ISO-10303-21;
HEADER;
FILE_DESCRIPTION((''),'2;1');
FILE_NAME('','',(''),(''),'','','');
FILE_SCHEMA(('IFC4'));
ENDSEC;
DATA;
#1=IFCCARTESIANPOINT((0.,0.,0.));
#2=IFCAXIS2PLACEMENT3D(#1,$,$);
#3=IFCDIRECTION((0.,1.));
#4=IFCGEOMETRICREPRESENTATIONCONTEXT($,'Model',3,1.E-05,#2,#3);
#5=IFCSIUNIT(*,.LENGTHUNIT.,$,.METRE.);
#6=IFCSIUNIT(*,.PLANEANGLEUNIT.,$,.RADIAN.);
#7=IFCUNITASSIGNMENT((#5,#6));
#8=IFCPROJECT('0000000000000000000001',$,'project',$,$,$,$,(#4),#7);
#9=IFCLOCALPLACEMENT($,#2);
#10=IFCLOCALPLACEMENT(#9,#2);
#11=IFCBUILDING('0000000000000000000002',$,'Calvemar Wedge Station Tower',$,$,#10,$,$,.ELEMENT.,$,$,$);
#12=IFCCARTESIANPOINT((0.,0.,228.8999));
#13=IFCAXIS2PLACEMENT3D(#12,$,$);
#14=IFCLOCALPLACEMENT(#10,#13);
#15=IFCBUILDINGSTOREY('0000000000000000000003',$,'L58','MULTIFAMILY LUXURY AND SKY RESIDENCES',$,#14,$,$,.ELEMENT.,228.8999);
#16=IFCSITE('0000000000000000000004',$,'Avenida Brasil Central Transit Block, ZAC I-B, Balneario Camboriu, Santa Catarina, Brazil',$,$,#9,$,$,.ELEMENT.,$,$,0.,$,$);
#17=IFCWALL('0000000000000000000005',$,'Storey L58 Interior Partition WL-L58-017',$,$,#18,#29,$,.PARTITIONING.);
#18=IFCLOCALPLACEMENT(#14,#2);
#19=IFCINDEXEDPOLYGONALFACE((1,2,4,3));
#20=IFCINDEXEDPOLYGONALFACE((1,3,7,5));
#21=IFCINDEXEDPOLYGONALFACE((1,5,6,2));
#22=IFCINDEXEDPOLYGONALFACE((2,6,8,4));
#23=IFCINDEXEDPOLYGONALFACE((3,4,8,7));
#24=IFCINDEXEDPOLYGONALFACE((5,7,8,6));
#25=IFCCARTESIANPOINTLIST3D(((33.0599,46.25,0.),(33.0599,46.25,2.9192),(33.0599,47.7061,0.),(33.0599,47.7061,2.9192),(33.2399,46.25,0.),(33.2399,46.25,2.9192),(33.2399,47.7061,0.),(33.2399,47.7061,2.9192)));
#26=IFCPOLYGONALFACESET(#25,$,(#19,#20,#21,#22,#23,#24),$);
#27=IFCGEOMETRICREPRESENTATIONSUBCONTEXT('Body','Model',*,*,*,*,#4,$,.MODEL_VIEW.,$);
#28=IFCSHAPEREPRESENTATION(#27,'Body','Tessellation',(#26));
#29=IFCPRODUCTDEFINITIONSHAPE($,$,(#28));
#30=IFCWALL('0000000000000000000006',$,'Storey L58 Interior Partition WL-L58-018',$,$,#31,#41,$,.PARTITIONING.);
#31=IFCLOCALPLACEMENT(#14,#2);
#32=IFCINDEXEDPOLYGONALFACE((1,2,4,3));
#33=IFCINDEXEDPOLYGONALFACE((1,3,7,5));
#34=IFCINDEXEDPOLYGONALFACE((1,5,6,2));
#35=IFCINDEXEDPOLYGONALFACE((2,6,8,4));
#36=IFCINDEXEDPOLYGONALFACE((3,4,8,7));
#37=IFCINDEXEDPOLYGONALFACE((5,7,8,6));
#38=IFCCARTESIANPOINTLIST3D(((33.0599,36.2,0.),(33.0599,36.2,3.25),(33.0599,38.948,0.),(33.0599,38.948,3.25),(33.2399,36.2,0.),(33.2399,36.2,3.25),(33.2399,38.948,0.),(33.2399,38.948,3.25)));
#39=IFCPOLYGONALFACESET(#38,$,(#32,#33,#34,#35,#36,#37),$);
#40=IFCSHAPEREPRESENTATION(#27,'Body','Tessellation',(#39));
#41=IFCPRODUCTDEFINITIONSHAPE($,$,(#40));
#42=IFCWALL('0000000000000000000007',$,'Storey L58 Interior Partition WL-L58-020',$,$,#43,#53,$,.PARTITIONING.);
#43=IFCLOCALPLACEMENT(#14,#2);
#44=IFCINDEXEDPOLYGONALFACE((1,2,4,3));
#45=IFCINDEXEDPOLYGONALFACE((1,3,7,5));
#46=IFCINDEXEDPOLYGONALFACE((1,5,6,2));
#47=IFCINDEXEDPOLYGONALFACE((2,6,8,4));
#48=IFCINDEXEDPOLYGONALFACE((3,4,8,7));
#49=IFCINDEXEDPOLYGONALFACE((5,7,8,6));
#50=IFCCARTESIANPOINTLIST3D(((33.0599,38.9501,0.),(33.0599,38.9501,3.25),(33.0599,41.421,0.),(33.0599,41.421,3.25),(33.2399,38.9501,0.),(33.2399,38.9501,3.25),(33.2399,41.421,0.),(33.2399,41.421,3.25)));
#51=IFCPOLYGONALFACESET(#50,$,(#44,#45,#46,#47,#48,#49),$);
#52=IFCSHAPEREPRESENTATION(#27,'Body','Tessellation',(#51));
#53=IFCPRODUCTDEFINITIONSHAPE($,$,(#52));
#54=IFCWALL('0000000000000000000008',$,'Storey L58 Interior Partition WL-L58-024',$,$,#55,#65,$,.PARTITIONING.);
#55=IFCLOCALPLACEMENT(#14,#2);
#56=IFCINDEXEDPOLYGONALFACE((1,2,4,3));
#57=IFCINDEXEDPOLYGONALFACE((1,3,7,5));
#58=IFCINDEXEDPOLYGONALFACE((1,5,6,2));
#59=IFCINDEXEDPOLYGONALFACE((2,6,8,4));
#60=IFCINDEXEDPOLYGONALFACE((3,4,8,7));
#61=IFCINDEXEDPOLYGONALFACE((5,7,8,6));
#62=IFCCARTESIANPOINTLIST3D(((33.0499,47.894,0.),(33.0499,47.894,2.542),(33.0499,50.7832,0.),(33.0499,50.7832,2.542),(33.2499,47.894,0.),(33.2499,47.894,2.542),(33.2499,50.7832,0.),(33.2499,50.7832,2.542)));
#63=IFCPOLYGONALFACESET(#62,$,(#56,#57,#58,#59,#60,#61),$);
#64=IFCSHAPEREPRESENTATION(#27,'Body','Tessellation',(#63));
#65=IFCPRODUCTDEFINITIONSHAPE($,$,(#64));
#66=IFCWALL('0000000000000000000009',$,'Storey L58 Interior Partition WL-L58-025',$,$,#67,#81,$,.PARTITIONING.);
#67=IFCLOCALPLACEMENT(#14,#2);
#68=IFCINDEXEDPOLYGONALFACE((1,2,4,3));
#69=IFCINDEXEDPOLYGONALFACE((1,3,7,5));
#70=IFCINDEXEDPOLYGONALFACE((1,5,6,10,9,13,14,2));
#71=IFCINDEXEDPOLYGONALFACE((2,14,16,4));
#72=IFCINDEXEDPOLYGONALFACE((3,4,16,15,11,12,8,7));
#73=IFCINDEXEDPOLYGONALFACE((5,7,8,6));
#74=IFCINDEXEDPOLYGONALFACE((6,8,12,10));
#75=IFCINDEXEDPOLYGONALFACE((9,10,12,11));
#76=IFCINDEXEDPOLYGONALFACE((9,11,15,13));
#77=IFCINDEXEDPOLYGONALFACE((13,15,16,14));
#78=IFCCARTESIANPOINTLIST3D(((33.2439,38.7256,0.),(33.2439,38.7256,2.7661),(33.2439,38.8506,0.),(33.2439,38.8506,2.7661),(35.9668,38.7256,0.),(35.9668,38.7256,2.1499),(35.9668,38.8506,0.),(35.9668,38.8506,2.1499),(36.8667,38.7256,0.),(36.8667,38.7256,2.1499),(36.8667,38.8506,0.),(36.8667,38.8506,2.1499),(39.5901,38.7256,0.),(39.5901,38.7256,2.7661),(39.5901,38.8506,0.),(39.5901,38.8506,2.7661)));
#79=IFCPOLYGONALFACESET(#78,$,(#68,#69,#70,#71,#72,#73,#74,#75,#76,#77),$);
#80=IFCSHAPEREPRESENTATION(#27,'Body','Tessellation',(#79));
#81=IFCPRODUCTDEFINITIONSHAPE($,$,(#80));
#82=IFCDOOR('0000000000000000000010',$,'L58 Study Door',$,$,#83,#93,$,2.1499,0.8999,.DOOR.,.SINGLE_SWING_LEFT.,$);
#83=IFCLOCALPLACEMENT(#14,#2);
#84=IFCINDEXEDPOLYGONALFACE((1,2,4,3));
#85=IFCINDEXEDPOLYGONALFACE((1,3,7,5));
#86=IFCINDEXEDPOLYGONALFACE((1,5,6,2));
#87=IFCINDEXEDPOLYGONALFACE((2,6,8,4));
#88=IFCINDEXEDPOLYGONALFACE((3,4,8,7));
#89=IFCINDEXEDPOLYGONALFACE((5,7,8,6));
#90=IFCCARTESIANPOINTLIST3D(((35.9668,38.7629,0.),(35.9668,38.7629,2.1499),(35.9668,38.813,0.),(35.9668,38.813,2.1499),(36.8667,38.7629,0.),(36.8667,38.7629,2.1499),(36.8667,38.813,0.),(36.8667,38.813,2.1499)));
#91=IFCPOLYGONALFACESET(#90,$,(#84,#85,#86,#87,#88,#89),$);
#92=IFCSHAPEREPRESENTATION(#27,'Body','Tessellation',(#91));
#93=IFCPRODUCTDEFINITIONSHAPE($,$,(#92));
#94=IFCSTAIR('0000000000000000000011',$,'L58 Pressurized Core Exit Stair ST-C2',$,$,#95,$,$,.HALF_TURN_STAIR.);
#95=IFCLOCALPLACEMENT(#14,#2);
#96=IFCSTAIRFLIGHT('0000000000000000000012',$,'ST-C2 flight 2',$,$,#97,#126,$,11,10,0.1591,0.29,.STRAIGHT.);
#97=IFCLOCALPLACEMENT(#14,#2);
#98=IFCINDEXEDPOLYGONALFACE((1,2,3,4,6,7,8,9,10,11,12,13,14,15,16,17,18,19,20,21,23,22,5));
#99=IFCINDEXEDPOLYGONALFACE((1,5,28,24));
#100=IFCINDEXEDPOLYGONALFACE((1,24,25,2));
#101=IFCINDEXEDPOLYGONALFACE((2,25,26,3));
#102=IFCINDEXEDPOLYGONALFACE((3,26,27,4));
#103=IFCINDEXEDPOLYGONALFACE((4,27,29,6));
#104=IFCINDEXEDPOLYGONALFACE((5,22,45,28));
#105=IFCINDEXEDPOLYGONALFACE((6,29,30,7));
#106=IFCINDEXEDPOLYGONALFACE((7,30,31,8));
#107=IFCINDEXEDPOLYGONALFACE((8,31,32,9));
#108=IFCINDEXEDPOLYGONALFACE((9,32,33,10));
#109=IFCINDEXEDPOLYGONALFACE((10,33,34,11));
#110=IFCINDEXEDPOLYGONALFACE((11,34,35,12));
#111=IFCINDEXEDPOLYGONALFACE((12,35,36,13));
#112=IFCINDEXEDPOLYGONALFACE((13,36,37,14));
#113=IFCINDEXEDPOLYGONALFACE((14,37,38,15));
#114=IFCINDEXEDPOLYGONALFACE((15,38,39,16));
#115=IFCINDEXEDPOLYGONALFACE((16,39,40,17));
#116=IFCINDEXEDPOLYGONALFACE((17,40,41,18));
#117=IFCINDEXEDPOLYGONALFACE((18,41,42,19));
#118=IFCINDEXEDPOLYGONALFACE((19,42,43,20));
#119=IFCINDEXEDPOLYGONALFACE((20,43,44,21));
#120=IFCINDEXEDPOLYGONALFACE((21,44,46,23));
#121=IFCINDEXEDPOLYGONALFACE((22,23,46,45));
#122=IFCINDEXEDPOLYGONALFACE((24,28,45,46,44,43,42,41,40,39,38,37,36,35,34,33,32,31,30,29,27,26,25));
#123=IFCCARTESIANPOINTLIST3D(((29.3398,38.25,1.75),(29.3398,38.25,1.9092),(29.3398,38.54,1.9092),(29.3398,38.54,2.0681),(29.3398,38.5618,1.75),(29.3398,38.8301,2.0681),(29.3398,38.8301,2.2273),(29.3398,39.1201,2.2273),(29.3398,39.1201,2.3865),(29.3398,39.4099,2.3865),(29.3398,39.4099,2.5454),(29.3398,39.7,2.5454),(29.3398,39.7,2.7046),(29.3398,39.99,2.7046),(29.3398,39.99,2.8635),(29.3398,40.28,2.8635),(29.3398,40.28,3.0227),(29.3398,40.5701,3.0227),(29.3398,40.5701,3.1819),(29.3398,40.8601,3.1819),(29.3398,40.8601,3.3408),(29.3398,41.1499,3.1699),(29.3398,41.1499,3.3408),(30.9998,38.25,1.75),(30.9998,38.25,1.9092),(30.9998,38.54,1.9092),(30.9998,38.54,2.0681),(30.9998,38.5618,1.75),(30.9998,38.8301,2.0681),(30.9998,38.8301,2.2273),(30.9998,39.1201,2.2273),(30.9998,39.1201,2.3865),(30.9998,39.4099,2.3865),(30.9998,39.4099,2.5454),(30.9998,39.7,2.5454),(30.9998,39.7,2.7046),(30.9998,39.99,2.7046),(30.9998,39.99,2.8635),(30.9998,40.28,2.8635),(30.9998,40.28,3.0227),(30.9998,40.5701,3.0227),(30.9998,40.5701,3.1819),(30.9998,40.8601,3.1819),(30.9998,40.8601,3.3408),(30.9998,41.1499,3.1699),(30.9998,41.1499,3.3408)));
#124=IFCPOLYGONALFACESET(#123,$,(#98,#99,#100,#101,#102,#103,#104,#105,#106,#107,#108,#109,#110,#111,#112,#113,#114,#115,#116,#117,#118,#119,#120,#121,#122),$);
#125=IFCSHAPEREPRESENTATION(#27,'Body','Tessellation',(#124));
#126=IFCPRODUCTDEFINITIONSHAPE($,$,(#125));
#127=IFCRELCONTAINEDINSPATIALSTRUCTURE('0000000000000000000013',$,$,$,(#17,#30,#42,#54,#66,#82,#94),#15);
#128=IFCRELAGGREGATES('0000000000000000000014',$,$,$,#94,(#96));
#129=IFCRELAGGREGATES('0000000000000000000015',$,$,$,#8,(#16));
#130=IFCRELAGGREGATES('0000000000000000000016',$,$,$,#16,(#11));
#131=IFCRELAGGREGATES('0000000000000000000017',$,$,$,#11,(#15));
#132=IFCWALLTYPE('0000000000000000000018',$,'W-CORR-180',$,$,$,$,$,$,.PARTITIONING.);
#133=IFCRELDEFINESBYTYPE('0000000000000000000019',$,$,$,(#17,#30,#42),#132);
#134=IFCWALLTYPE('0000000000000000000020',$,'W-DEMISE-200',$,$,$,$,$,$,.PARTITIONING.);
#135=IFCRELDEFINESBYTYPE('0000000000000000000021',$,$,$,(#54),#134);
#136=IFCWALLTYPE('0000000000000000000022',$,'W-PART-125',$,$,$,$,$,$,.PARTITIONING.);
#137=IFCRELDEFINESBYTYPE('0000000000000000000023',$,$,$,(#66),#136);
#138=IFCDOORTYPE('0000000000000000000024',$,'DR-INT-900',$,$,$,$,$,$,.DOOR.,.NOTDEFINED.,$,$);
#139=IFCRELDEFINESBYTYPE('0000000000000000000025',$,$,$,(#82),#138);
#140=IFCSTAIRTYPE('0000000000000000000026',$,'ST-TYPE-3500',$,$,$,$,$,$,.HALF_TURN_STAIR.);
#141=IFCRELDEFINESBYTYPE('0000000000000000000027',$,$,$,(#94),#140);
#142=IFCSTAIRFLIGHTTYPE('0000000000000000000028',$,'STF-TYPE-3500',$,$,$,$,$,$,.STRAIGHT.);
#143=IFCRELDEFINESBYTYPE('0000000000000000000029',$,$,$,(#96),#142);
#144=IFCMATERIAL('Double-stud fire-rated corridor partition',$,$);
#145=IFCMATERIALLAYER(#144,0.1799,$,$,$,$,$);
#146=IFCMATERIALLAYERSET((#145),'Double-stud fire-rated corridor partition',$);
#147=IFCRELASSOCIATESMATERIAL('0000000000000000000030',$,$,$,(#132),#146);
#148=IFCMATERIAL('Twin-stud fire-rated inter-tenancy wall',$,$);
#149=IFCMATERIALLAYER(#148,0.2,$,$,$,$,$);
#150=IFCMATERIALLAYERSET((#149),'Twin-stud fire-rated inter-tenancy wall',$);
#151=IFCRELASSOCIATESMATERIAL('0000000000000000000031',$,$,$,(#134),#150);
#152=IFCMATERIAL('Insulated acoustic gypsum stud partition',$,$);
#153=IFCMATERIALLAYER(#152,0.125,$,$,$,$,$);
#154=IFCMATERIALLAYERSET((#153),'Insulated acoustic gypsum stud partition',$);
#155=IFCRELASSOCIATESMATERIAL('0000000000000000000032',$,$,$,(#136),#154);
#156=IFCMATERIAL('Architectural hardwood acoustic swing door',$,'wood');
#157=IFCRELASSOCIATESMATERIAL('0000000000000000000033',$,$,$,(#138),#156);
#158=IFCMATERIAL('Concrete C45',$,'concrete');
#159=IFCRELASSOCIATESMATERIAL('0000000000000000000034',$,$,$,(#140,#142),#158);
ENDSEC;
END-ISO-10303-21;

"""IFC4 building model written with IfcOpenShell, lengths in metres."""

from ifc_helpers import new_model, si_unit, direction, frame, frame_2d, origin, place, context, subcontext, project, spatial, polyline, rectangle, outline, extrude, source, transform, mapped, material, layer, layer_set, type_object, element, fill, aggregate, save


model = new_model("IFC4")

# Units and contexts
model_context = context("Model", 3, precision=1e-05, world=origin(), true_north=direction((0.0, 1.0)))
body_context = subcontext(model_context, "Body", "Model", "MODEL_VIEW")
ifc_project = project(units=[si_unit("LENGTHUNIT", "METRE"), si_unit("PLANEANGLEUNIT", "RADIAN")], contexts=[model_context])

# Site, building, storey
site_placement = place(None, origin())
site = spatial("IfcSite", under=ifc_project, at=site_placement, Name="Avenida Brasil Central Transit Block, ZAC I-B, Balneario Camboriu, Santa Catarina, Brazil", CompositionType="ELEMENT", RefElevation=0.0)
building_placement = place(site_placement, origin())
building = spatial("IfcBuilding", under=site, at=building_placement, Name="Calvemar Wedge Station Tower", CompositionType="ELEMENT")
storey_placement = place(building_placement, frame((0.0, 0.0, 228.8999)))
storey = spatial("IfcBuildingStorey", under=building, at=storey_placement, Name="L58", Description="MULTIFAMILY LUXURY AND SKY RESIDENCES", CompositionType="ELEMENT", Elevation=228.8999)

# Walls
ifc_material_1 = material(Name="Double-stud fire-rated corridor partition")
ifc_layer_1 = layer(ifc_material_1, 0.1799)
ifc_layer_set_1 = layer_set([ifc_layer_1], Name="Double-stud fire-rated corridor partition")
wall_type_1 = type_object("IfcWallType", Name="W-CORR-180", PredefinedType="PARTITIONING", material=ifc_layer_set_1)
wall_1_placement = place(storey_placement, frame((33.1499, 47.7061, 0.0), z_axis=(0.0, 0.0, 1.0), x_axis=(0.0, -1.0, 0.0)))
element("IfcWall", 1, at=wall_1_placement, inside=storey, type_object=wall_type_1, Name="Storey L58 Interior Partition WL-L58-017", PredefinedType="PARTITIONING", context=body_context, shape_type="SweptSolid", body=[
    extrude(rectangle(XDim=1.4561, YDim=0.1799, at=frame_2d((0.728, 0.0))), origin(), (0.0, 0.0, 1.0), 2.9192),
])
wall_2_placement = place(storey_placement, frame((33.1499, 38.948, 0.0), z_axis=(0.0, 0.0, 1.0), x_axis=(0.0, -1.0, 0.0)))
element("IfcWall", 2, at=wall_2_placement, inside=storey, type_object=wall_type_1, Name="Storey L58 Interior Partition WL-L58-018", PredefinedType="PARTITIONING", context=body_context, shape_type="SweptSolid", body=[
    extrude(rectangle(XDim=2.748, YDim=0.1799, at=frame_2d((1.374, 0.0))), origin(), (0.0, 0.0, 1.0), 3.25),
])

# Walls
wall_3_placement = place(storey_placement, frame((33.1499, 41.4209, 0.0), z_axis=(0.0, 0.0, 1.0), x_axis=(0.0, -1.0, 0.0)))
element("IfcWall", 3, at=wall_3_placement, inside=storey, type_object=wall_type_1, Name="Storey L58 Interior Partition WL-L58-020", PredefinedType="PARTITIONING", context=body_context, shape_type="SweptSolid", body=[
    extrude(rectangle(XDim=2.4709, YDim=0.1799, at=frame_2d((1.2354, 0.0))), origin(), (0.0, 0.0, 1.0), 3.25),
])
ifc_material_2 = material(Name="Twin-stud fire-rated inter-tenancy wall")
ifc_layer_2 = layer(ifc_material_2, 0.2)
ifc_layer_set_2 = layer_set([ifc_layer_2], Name="Twin-stud fire-rated inter-tenancy wall")
wall_type_2 = type_object("IfcWallType", Name="W-DEMISE-200", PredefinedType="PARTITIONING", material=ifc_layer_set_2)
wall_4_placement = place(storey_placement, frame((33.1499, 50.7832, 0.0), z_axis=(0.0, 0.0, 1.0), x_axis=(0.0, -1.0, 0.0)))
element("IfcWall", 4, at=wall_4_placement, inside=storey, type_object=wall_type_2, Name="Storey L58 Interior Partition WL-L58-024", PredefinedType="PARTITIONING", context=body_context, shape_type="SweptSolid", body=[
    extrude(rectangle(XDim=2.8892, YDim=0.2, at=frame_2d((1.4446, 0.0))), origin(), (0.0, 0.0, 1.0), 2.542),
])

# Wall, opening, door
ifc_material_3 = material(Name="Insulated acoustic gypsum stud partition")
ifc_layer_3 = layer(ifc_material_3, 0.125)
ifc_layer_set_3 = layer_set([ifc_layer_3], Name="Insulated acoustic gypsum stud partition")
wall_type_3 = type_object("IfcWallType", Name="W-PART-125", PredefinedType="PARTITIONING", material=ifc_layer_set_3)
wall_5_placement = place(storey_placement, frame((33.2439, 38.7881, 0.0), z_axis=(0.0, 0.0, 1.0), x_axis=(1.0, 0.0, 0.0)))
wall_5 = element("IfcWall", 5, at=wall_5_placement, inside=storey, type_object=wall_type_3, Name="Storey L58 Interior Partition WL-L58-025", PredefinedType="PARTITIONING", context=body_context, shape_type="SweptSolid", body=[
    extrude(rectangle(XDim=6.3462, YDim=0.125, at=frame_2d((3.1731, 0.0))), origin(), (0.0, 0.0, 1.0), 2.7661),
])
shared_shape_1 = source(origin(), body_context, "Body", "SweptSolid", [
    extrude(rectangle(XDim=0.8999, YDim=2.1499, at=frame_2d((0.45, 1.075))), frame((0.0, 0.0725, 0.0), z_axis=(0.0, -1.0, 0.0), x_axis=(1.0, 0.0, 0.0)), (0.0, 0.0, 1.0), 0.145),
])
opening_1_placement = place(wall_5_placement, frame((2.7229, 0.0, 0.0)))
opening_1 = element("IfcOpeningElement", 6, at=opening_1_placement, cuts=wall_5, PredefinedType="OPENING", context=body_context, shape_type="MappedRepresentation", body=[
    mapped(shared_shape_1, transform((0.0, 0.0, 0.0), scale=1.0)),
])
ifc_material_4 = material(Name="Architectural hardwood acoustic swing door", Category="wood")
door_type_1 = type_object("IfcDoorType", Name="DR-INT-900", OperationType="NOTDEFINED", PredefinedType="DOOR", material=ifc_material_4)
shared_shape_2 = source(origin(), body_context, "Body", "SweptSolid", [
    extrude(rectangle(XDim=0.8999, YDim=2.1499, at=frame_2d((0.45, 1.075))), frame((0.0, 0.0249, 0.0), z_axis=(0.0, -1.0, 0.0), x_axis=(1.0, 0.0, 0.0)), (0.0, 0.0, 1.0), 0.05),
])
door_1_placement = place(opening_1_placement, origin())
door_1 = element("IfcDoor", 7, at=door_1_placement, inside=storey, type_object=door_type_1, Name="L58 Study Door", OperationType="SINGLE_SWING_LEFT", OverallHeight=2.1499, OverallWidth=0.8999, PredefinedType="DOOR", context=body_context, shape_type="MappedRepresentation", body=[
    mapped(shared_shape_2, transform((0.0, 0.0, 0.0), scale=1.0)),
])
fill(opening_1, door_1)

# Stair, stair flight
ifc_material_5 = material(Name="Concrete C45", Category="concrete")
stair_type = type_object("IfcStairType", Name="ST-TYPE-3500", PredefinedType="HALF_TURN_STAIR", material=ifc_material_5)
stair_placement = place(storey_placement, origin())
stair = element("IfcStair", 8, at=stair_placement, inside=storey, type_object=stair_type, Name="L58 Pressurized Core Exit Stair ST-C2", PredefinedType="HALF_TURN_STAIR")
stair_flight_type = type_object("IfcStairFlightType", Name="STF-TYPE-3500", PredefinedType="STRAIGHT", material=ifc_material_5)
stair_flight_placement = place(storey_placement, frame((30.1699, 38.25, 1.75), z_axis=(0.0, 0.0, 1.0), x_axis=(0.0, 1.0, 0.0)))
stair_flight = element("IfcStairFlight", 9, at=stair_flight_placement, type_object=stair_flight_type, Name="ST-C2 flight 2", NumberOfRisers=11, NumberOfTreads=10, PredefinedType="STRAIGHT", RiserHeight=0.1591, TreadLength=0.29, context=body_context, shape_type="SweptSolid", body=[
    extrude(outline(polyline([(0.0, 0.0), (0.0, 0.1592), (0.29, 0.1592), (0.29, 0.3181), (0.5801, 0.3181), (0.5801, 0.4773), (0.8701, 0.4773), (0.8701, 0.6365), (1.1599, 0.6365), (1.1599, 0.7954), (1.45, 0.7954), (1.45, 0.9546), (1.74, 0.9546), (1.74, 1.1135), (2.03, 1.1135), (2.03, 1.2727), (2.3201, 1.2727), (2.3201, 1.4319), (2.6101, 1.4319), (2.6101, 1.5908), (2.8999, 1.5908), (2.8999, 1.75), (2.8999, 1.4199), (0.3118, 0.0), (0.0, 0.0)])), frame((0.0, 0.8301, 0.0), z_axis=(0.0, -1.0, 0.0), x_axis=(1.0, 0.0, 0.0)), (0.0, 0.0, 1.0), 1.6599),
])
aggregate(stair, [stair_flight])

save(model, "model.ifc")
